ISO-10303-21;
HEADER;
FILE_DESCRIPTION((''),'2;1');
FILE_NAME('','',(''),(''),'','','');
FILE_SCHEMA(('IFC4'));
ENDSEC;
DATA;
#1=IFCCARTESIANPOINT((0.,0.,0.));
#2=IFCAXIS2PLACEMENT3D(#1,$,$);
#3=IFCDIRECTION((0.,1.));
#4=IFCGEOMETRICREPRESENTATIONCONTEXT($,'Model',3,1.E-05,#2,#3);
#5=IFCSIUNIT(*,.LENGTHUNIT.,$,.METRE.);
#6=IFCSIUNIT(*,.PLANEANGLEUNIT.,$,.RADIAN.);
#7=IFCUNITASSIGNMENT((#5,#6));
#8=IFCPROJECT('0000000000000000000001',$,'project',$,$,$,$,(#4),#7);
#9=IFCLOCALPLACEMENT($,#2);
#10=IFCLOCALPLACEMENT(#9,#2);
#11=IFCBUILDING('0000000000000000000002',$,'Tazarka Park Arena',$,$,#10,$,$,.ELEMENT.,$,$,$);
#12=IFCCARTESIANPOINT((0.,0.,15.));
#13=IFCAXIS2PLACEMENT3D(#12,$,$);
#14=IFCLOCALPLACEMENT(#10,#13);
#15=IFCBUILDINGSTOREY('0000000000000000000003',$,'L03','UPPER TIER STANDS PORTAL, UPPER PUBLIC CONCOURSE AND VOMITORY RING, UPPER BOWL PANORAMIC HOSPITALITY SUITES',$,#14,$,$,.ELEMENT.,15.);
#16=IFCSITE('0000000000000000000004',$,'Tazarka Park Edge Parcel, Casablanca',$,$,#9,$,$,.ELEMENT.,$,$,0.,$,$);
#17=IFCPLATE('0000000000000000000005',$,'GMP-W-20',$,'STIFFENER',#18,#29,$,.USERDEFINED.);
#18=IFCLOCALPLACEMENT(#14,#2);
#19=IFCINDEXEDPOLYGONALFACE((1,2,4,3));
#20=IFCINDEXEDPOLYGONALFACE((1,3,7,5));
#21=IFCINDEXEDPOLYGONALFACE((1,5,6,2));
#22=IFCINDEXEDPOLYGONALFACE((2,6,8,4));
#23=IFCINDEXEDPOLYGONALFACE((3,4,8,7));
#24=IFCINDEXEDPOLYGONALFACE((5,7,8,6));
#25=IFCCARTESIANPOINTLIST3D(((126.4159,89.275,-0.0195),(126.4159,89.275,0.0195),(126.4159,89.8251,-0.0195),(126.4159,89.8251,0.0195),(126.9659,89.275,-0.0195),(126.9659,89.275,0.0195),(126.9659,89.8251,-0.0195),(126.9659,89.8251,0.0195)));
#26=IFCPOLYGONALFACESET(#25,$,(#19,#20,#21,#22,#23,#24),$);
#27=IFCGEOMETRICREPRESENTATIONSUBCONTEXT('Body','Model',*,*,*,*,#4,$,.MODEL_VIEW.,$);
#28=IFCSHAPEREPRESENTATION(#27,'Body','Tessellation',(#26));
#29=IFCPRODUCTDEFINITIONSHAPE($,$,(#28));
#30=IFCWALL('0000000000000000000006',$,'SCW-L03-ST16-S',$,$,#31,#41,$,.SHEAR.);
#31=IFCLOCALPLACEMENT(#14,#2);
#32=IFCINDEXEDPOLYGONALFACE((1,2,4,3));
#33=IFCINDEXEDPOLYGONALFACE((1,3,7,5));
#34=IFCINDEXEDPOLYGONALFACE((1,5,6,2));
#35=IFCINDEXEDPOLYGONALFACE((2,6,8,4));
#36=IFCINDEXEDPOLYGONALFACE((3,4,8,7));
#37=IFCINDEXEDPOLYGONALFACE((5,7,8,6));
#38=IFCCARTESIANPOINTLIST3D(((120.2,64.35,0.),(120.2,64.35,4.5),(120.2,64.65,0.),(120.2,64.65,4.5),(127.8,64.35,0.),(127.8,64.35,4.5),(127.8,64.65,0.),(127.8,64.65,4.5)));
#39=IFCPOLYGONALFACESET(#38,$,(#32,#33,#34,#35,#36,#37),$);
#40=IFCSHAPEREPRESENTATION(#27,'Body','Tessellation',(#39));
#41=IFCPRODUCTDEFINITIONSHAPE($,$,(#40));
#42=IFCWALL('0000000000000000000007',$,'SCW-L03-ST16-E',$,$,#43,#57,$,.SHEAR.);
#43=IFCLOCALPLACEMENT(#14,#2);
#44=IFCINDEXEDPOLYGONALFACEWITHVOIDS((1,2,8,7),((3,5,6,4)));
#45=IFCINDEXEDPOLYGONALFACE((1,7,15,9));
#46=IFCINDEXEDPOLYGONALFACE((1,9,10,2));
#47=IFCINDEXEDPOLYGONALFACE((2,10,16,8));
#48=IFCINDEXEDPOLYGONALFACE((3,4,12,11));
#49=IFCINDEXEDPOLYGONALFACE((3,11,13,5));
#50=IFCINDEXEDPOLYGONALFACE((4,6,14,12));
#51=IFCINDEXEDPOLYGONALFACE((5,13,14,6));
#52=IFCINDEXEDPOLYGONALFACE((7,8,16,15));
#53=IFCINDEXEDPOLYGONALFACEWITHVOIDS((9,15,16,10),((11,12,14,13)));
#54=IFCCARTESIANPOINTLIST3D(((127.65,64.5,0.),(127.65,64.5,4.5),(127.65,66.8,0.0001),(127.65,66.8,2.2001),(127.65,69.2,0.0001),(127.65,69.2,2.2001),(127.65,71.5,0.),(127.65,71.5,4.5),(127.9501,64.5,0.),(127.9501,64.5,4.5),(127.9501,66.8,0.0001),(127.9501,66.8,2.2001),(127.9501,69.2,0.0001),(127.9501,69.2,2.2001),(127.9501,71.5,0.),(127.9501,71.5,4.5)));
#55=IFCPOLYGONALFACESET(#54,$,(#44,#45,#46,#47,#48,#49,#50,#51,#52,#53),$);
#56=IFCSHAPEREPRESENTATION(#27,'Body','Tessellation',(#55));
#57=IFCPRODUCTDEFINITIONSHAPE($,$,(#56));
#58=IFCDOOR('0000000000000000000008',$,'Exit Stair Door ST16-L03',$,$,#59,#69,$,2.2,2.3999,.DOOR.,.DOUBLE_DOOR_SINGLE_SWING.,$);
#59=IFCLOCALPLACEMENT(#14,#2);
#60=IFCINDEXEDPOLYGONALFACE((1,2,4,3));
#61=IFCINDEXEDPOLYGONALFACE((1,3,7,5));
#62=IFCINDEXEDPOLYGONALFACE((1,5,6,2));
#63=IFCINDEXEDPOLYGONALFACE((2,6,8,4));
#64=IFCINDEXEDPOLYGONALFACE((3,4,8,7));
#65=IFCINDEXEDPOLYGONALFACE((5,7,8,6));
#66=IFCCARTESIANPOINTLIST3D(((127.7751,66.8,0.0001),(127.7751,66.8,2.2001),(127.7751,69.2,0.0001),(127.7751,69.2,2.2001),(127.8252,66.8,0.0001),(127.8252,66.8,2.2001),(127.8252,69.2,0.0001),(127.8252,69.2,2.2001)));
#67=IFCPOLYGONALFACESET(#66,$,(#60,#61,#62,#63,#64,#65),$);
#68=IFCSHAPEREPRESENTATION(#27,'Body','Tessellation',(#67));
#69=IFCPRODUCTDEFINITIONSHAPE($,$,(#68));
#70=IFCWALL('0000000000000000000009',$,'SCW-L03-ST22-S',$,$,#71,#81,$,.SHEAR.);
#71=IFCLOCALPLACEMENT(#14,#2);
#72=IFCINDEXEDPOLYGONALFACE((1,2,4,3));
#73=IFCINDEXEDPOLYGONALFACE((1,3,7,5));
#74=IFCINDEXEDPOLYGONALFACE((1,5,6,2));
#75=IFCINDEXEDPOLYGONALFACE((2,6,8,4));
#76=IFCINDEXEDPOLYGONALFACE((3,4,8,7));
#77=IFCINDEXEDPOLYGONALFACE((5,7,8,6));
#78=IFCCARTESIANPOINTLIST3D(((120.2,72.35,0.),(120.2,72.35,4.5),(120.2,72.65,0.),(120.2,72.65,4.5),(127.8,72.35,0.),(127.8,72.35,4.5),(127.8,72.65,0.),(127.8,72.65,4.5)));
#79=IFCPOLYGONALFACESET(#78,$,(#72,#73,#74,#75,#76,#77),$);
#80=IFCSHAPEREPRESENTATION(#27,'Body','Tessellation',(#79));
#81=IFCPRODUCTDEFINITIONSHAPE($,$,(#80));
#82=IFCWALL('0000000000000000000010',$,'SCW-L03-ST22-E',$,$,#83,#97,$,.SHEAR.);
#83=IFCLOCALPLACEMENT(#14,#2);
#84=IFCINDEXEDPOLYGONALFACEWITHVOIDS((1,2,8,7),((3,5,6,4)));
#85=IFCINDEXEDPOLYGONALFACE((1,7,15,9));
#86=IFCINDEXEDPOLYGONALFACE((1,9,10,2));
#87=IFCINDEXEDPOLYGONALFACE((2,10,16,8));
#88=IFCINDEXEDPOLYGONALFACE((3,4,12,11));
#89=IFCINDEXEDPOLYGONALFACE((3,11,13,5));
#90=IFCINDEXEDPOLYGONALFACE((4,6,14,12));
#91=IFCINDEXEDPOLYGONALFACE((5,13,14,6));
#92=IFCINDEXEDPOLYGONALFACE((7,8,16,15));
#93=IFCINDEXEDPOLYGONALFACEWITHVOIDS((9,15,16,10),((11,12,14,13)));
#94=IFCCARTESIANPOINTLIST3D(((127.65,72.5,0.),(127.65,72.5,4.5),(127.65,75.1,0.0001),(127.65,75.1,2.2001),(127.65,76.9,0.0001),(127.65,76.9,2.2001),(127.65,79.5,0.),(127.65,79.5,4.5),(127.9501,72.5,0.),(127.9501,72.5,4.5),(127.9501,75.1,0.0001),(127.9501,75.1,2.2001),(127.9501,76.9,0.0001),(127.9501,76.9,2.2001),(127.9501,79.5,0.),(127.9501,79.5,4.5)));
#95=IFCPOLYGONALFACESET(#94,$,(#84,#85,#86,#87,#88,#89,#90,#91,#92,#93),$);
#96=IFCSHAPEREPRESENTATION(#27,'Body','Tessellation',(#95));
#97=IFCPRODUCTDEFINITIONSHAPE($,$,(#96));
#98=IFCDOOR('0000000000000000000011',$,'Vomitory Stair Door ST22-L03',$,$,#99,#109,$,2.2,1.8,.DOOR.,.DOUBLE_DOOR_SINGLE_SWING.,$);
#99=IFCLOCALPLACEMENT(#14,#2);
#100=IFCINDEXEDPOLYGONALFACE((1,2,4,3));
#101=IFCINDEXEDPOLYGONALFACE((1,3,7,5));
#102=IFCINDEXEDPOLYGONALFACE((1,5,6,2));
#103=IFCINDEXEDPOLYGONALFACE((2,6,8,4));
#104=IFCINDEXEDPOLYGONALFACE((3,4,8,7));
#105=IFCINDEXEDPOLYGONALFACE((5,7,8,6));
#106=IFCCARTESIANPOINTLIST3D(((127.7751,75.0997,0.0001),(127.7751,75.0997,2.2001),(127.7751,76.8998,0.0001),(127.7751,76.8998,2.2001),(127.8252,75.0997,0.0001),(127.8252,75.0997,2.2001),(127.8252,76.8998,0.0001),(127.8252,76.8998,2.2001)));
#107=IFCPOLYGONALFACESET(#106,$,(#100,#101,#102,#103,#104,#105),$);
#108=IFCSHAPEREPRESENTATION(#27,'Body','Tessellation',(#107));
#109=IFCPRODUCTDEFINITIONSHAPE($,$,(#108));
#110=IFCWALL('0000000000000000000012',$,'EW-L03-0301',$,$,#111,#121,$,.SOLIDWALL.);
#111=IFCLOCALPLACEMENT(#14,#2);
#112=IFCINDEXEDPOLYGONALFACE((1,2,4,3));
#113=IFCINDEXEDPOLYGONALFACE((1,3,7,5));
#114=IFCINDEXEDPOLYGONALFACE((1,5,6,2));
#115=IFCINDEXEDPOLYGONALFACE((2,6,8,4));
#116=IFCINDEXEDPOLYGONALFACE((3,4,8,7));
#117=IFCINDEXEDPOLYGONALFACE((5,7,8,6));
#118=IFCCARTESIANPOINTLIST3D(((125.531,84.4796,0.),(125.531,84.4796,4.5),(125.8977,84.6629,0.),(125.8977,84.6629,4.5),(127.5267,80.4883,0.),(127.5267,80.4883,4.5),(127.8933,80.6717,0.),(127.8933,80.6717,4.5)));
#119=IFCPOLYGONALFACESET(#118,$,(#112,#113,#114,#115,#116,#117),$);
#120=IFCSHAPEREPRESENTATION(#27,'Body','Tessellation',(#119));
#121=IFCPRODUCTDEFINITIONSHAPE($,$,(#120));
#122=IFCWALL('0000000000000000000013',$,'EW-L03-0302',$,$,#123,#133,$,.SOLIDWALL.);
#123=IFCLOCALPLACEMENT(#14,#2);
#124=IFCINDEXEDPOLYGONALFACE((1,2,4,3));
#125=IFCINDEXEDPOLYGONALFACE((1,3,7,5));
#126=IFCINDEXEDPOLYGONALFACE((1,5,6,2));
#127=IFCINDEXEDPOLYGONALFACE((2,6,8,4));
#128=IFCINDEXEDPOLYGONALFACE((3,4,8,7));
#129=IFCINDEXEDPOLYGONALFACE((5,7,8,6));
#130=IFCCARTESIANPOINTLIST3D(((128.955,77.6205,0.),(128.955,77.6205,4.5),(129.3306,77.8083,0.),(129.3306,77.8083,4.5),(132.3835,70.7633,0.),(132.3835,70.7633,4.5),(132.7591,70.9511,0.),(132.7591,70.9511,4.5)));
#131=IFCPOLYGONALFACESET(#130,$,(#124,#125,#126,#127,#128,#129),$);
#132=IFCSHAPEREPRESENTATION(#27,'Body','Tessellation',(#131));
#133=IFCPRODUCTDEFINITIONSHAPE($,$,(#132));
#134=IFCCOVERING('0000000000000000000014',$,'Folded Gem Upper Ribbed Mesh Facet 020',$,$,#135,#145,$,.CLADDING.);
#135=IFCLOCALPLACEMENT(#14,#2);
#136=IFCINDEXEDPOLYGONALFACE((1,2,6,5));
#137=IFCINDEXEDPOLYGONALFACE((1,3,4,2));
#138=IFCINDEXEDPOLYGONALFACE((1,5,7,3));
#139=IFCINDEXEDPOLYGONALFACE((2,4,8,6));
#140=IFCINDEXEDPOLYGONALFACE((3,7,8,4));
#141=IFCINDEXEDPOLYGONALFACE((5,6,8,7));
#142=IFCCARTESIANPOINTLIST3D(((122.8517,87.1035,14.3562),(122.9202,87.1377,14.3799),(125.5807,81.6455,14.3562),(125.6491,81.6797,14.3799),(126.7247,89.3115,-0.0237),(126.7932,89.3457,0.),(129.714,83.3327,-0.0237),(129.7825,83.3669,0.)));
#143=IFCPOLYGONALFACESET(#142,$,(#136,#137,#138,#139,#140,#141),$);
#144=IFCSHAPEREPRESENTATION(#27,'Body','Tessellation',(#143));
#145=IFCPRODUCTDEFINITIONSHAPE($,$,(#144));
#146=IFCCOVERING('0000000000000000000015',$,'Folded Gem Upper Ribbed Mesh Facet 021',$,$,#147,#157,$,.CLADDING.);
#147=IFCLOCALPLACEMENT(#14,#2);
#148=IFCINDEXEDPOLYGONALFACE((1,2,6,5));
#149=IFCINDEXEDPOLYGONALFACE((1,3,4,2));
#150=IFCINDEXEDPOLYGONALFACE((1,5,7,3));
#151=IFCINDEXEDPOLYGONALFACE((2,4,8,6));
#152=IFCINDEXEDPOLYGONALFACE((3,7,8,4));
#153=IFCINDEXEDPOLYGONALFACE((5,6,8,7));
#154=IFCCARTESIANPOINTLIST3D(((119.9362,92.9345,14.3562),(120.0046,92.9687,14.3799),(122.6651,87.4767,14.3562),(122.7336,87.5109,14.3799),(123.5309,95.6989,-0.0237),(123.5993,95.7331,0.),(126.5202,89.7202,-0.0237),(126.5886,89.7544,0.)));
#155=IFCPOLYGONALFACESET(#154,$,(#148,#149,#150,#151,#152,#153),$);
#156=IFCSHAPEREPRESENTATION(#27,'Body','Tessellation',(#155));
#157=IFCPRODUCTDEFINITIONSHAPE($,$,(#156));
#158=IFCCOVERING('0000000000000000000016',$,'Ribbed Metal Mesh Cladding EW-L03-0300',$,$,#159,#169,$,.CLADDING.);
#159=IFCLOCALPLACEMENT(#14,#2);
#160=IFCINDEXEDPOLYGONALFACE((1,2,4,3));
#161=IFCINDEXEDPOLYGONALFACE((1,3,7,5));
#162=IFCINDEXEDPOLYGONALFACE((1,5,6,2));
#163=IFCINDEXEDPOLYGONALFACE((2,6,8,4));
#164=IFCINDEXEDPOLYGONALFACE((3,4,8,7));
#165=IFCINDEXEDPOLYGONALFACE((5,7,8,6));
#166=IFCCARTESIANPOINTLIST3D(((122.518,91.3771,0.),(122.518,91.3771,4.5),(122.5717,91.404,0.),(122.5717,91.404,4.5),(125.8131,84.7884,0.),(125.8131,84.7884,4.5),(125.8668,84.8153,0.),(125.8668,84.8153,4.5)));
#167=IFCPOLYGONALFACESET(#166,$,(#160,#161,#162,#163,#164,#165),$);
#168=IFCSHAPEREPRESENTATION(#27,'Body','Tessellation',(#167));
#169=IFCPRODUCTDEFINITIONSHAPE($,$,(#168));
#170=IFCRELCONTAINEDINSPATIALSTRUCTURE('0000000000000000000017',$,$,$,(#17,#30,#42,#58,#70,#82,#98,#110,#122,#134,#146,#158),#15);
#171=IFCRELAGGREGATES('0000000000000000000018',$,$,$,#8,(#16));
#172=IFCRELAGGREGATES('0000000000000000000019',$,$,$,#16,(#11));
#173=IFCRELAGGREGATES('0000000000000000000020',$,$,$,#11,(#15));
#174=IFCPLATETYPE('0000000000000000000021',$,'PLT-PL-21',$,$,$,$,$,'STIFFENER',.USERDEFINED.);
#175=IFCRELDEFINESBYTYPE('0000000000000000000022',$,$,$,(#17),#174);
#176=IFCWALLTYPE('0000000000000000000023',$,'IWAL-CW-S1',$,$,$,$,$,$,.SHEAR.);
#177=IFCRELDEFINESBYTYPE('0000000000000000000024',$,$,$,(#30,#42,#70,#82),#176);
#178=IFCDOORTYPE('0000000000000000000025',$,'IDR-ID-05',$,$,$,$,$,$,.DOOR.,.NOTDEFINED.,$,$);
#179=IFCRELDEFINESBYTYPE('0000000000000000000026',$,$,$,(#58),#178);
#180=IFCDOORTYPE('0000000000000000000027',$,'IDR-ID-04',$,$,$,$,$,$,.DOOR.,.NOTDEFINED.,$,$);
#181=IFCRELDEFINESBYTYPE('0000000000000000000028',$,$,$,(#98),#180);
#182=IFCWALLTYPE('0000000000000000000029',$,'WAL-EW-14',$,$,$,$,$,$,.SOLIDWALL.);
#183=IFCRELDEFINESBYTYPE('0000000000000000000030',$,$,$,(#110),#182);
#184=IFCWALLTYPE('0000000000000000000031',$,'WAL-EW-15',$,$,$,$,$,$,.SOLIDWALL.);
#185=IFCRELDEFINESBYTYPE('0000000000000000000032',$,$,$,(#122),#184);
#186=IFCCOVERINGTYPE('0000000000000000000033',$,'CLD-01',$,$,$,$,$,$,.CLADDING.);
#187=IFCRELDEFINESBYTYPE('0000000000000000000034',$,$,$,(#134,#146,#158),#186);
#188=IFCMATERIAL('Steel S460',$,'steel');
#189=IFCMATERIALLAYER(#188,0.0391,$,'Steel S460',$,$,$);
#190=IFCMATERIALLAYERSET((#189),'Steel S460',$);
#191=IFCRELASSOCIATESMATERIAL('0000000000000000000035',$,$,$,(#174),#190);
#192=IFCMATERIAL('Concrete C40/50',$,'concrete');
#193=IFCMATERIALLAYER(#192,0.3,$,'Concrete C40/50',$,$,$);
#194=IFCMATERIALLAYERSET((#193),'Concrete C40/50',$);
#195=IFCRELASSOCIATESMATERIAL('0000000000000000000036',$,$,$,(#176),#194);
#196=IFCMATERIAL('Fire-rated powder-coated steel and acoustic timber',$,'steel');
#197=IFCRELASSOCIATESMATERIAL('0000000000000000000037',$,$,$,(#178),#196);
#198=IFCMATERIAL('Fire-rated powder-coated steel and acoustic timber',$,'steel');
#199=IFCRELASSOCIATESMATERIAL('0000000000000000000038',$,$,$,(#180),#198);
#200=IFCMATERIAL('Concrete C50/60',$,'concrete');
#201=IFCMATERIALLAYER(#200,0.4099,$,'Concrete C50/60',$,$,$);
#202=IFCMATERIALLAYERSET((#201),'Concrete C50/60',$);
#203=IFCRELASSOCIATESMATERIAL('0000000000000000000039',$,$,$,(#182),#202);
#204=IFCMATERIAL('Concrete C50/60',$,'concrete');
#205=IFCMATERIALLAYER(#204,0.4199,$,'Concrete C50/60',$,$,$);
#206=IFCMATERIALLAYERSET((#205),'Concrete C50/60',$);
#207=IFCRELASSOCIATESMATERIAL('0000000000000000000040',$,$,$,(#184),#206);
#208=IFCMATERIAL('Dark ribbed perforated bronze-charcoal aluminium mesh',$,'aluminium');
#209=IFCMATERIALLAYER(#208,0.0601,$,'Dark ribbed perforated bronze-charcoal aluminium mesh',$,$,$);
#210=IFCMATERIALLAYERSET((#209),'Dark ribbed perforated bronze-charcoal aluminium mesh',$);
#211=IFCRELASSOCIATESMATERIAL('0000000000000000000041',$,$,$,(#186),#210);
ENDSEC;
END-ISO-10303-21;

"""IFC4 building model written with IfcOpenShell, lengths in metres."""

from ifc_helpers import new_model, si_unit, direction, frame, frame_2d, origin, origin_2d, place, context, subcontext, project, spatial, polyline, rectangle, outline, extrude, material, layer, layer_set, type_object, element, fill, save


model = new_model("IFC4")

# Units and contexts
model_context = context("Model", 3, precision=1e-05, world=origin(), true_north=direction((0.0, 1.0)))
body_context = subcontext(model_context, "Body", "Model", "MODEL_VIEW")
ifc_project = project(units=[si_unit("LENGTHUNIT", "METRE"), si_unit("PLANEANGLEUNIT", "RADIAN")], contexts=[model_context])

# Site, building, storey
site_placement = place(None, origin())
site = spatial("IfcSite", under=ifc_project, at=site_placement, Name="Tazarka Park Edge Parcel, Casablanca", CompositionType="ELEMENT", RefElevation=0.0)
building_placement = place(site_placement, origin())
building = spatial("IfcBuilding", under=site, at=building_placement, Name="Tazarka Park Arena", CompositionType="ELEMENT")
storey_placement = place(building_placement, frame((0.0, 0.0, 15.0)))
storey = spatial("IfcBuildingStorey", under=building, at=storey_placement, Name="L03", Description="UPPER TIER STANDS PORTAL, UPPER PUBLIC CONCOURSE AND VOMITORY RING, UPPER BOWL PANORAMIC HOSPITALITY SUITES", CompositionType="ELEMENT", Elevation=15.0)

# Plate
ifc_material_1 = material(Name="Steel S460", Category="steel")
ifc_layer_1 = layer(ifc_material_1, 0.0391, Name="Steel S460")
ifc_layer_set_1 = layer_set([ifc_layer_1], Name="Steel S460")
plate_type_1 = type_object("IfcPlateType", Name="PLT-PL-21", ElementType="STIFFENER", PredefinedType="USERDEFINED", material=ifc_layer_set_1)
plate_1_placement = place(storey_placement, frame((126.6909, 89.55, -0.0195), z_axis=(0.0, 0.0, 1.0), x_axis=(1.0, 0.0, 0.0)))
element("IfcPlate", 1, at=plate_1_placement, inside=storey, type_object=plate_type_1, Name="GMP-W-20", ObjectType="STIFFENER", PredefinedType="USERDEFINED", context=body_context, shape_type="SweptSolid", body=[
    extrude(rectangle(XDim=0.55, YDim=0.55, at=origin_2d()), origin(), (0.0, 0.0, 1.0), 0.0391),
])

# Wall
ifc_material_2 = material(Name="Concrete C40/50", Category="concrete")
ifc_layer_2 = layer(ifc_material_2, 0.3, Name="Concrete C40/50")
ifc_layer_set_2 = layer_set([ifc_layer_2], Name="Concrete C40/50")
wall_type_1 = type_object("IfcWallType", Name="IWAL-CW-S1", PredefinedType="SHEAR", material=ifc_layer_set_2)
wall_1_placement = place(storey_placement, frame((127.8, 64.5, 0.0), z_axis=(0.0, 0.0, 1.0), x_axis=(-1.0, 0.0, 0.0)))
element("IfcWall", 2, at=wall_1_placement, inside=storey, type_object=wall_type_1, Name="SCW-L03-ST16-S", PredefinedType="SHEAR", context=body_context, shape_type="SweptSolid", body=[
    extrude(rectangle(XDim=7.6001, YDim=0.3, at=frame_2d((3.8, 0.0))), origin(), (0.0, 0.0, 1.0), 4.5),
])

# Wall, opening, door
wall_2_placement = place(storey_placement, frame((127.8, 71.5, 0.0), z_axis=(0.0, 0.0, 1.0), x_axis=(0.0, -1.0, 0.0)))
wall_2 = element("IfcWall", 3, at=wall_2_placement, inside=storey, type_object=wall_type_1, Name="SCW-L03-ST16-E", PredefinedType="SHEAR", context=body_context, shape_type="SweptSolid", body=[
    extrude(rectangle(XDim=7.0, YDim=0.3, at=frame_2d((3.5, 0.0))), origin(), (0.0, 0.0, 1.0), 4.5),
])
opening_1_placement = place(wall_2_placement, frame((2.3, 0.0, 0.0)))
opening_1 = element("IfcOpeningElement", 4, at=opening_1_placement, cuts=wall_2, PredefinedType="OPENING", context=body_context, shape_type="SweptSolid", body=[
    extrude(rectangle(XDim=2.3999, YDim=2.2, at=frame_2d((1.2, 1.1001))), frame((0.0, 0.1602, 0.0), z_axis=(0.0, -1.0, 0.0), x_axis=(1.0, 0.0, 0.0)), (0.0, 0.0, 1.0), 0.3201),
])
ifc_material_3 = material(Name="Fire-rated powder-coated steel and acoustic timber", Category="steel")
door_type_1 = type_object("IfcDoorType", Name="IDR-ID-05", OperationType="NOTDEFINED", PredefinedType="DOOR", material=ifc_material_3)
door_1_placement = place(opening_1_placement, frame((2.3999, 0.0, 0.0), z_axis=(0.0, 0.0, 1.0), x_axis=(-1.0, 0.0, 0.0)))
door_1 = element("IfcDoor", 5, at=door_1_placement, inside=storey, type_object=door_type_1, Name="Exit Stair Door ST16-L03", OperationType="DOUBLE_DOOR_SINGLE_SWING", OverallHeight=2.2, OverallWidth=2.3999, PredefinedType="DOOR", context=body_context, shape_type="SweptSolid", body=[
    extrude(rectangle(XDim=2.3999, YDim=2.2, at=frame_2d((1.2, 1.1001))), frame((0.0, 0.0249, 0.0), z_axis=(0.0, -1.0, 0.0), x_axis=(1.0, 0.0, 0.0)), (0.0, 0.0, 1.0), 0.05),
])
fill(opening_1, door_1)

# Wall
wall_3_placement = place(storey_placement, frame((127.8, 72.5, 0.0), z_axis=(0.0, 0.0, 1.0), x_axis=(-1.0, 0.0, 0.0)))
element("IfcWall", 6, at=wall_3_placement, inside=storey, type_object=wall_type_1, Name="SCW-L03-ST22-S", PredefinedType="SHEAR", context=body_context, shape_type="SweptSolid", body=[
    extrude(rectangle(XDim=7.6001, YDim=0.3, at=frame_2d((3.8, 0.0))), origin(), (0.0, 0.0, 1.0), 4.5),
])

# Wall, opening, door
wall_4_placement = place(storey_placement, frame((127.8, 79.5, 0.0), z_axis=(0.0, 0.0, 1.0), x_axis=(0.0, -1.0, 0.0)))
wall_4 = element("IfcWall", 7, at=wall_4_placement, inside=storey, type_object=wall_type_1, Name="SCW-L03-ST22-E", PredefinedType="SHEAR", context=body_context, shape_type="SweptSolid", body=[
    extrude(rectangle(XDim=7.0, YDim=0.3, at=frame_2d((3.5, 0.0))), origin(), (0.0, 0.0, 1.0), 4.5),
])
opening_2_placement = place(wall_4_placement, frame((2.6001, 0.0, 0.0)))
opening_2 = element("IfcOpeningElement", 8, at=opening_2_placement, cuts=wall_4, PredefinedType="OPENING", context=body_context, shape_type="SweptSolid", body=[
    extrude(rectangle(XDim=1.8, YDim=2.2, at=frame_2d((0.8999, 1.1001))), frame((0.0, 0.1602, 0.0), z_axis=(0.0, -1.0, 0.0), x_axis=(1.0, 0.0, 0.0)), (0.0, 0.0, 1.0), 0.3201),
])
ifc_material_4 = material(Name="Fire-rated powder-coated steel and acoustic timber", Category="steel")
door_type_2 = type_object("IfcDoorType", Name="IDR-ID-04", OperationType="NOTDEFINED", PredefinedType="DOOR", material=ifc_material_4)
door_2_placement = place(opening_2_placement, frame((1.8, 0.0, 0.0), z_axis=(0.0, 0.0, 1.0), x_axis=(-1.0, 0.0, 0.0)))
door_2 = element("IfcDoor", 9, at=door_2_placement, inside=storey, type_object=door_type_2, Name="Vomitory Stair Door ST22-L03", OperationType="DOUBLE_DOOR_SINGLE_SWING", OverallHeight=2.2, OverallWidth=1.8, PredefinedType="DOOR", context=body_context, shape_type="SweptSolid", body=[
    extrude(rectangle(XDim=1.8, YDim=2.2, at=frame_2d((0.8999, 1.1001))), frame((0.0, 0.0249, 0.0), z_axis=(0.0, -1.0, 0.0), x_axis=(1.0, 0.0, 0.0)), (0.0, 0.0, 1.0), 0.05),
])
fill(opening_2, door_2)

# Walls
ifc_material_5 = material(Name="Concrete C50/60", Category="concrete")
ifc_layer_3 = layer(ifc_material_5, 0.4099, Name="Concrete C50/60")
ifc_layer_set_3 = layer_set([ifc_layer_3], Name="Concrete C50/60")
wall_type_2 = type_object("IfcWallType", Name="WAL-EW-14", PredefinedType="SOLIDWALL", material=ifc_layer_set_3)
wall_5_placement = place(storey_placement, frame((125.7144, 84.5713, 0.0), z_axis=(0.0, 0.0, 1.0), x_axis=(0.447214, -0.894427, 0.0)))
element("IfcWall", 10, at=wall_5_placement, inside=storey, type_object=wall_type_2, Name="EW-L03-0301", PredefinedType="SOLIDWALL", context=body_context, shape_type="SweptSolid", body=[
    extrude(rectangle(XDim=4.4624, YDim=0.4099, at=frame_2d((2.2312, 0.0))), origin(), (0.0, 0.0, 1.0), 4.5),
])
ifc_material_6 = material(Name="Concrete C50/60", Category="concrete")
ifc_layer_4 = layer(ifc_material_6, 0.4199, Name="Concrete C50/60")
ifc_layer_set_4 = layer_set([ifc_layer_4], Name="Concrete C50/60")
wall_type_3 = type_object("IfcWallType", Name="WAL-EW-15", PredefinedType="SOLIDWALL", material=ifc_layer_set_4)
wall_6_placement = place(storey_placement, frame((129.1428, 77.7144, 0.0), z_axis=(0.0, 0.0, 1.0), x_axis=(0.447201, -0.894434, 0.0)))
element("IfcWall", 11, at=wall_6_placement, inside=storey, type_object=wall_type_3, Name="EW-L03-0302", PredefinedType="SOLIDWALL", context=body_context, shape_type="SweptSolid", body=[
    extrude(rectangle(XDim=7.6665, YDim=0.4199, at=frame_2d((3.8333, 0.0))), origin(), (0.0, 0.0, 1.0), 4.5),
])

# Coverings
ifc_material_7 = material(Name="Dark ribbed perforated bronze-charcoal aluminium mesh", Category="aluminium")
ifc_layer_5 = layer(ifc_material_7, 0.0601, Name="Dark ribbed perforated bronze-charcoal aluminium mesh")
ifc_layer_set_5 = layer_set([ifc_layer_5], Name="Dark ribbed perforated bronze-charcoal aluminium mesh")
covering_type = type_object("IfcCoveringType", Name="CLD-01", PredefinedType="CLADDING", material=ifc_layer_set_5)
covering_1_placement = place(storey_placement, frame((129.7825, 83.3669, 0.0), z_axis=(0.854427, 0.427204, 0.295722), x_axis=(-0.447205, 0.894431, -0.000002)))
element("IfcCovering", 12, at=covering_1_placement, inside=storey, type_object=covering_type, Name="Folded Gem Upper Ribbed Mesh Facet 020", PredefinedType="CLADDING", context=body_context, shape_type="SweptSolid", body=[
    extrude(outline(polyline([(0.0, 0.0), (6.6844, 0.0), (6.4415, 15.0532), (0.3393, 15.0531), (0.0, 0.0)])), origin(), (0.0, 0.0, -1.0), 0.0801),
])
covering_2_placement = place(storey_placement, frame((126.5886, 89.7544, 0.0), z_axis=(0.854426, 0.427213, 0.295713), x_axis=(-0.447212, 0.894428, -0.000005)))
element("IfcCovering", 13, at=covering_2_placement, inside=storey, type_object=covering_type, Name="Folded Gem Upper Ribbed Mesh Facet 021", PredefinedType="CLADDING", context=body_context, shape_type="SweptSolid", body=[
    extrude(outline(polyline([(0.0, 0.0), (6.6844, 0.0), (5.8194, 15.0531), (-0.2826, 15.0531), (0.0, 0.0)])), origin(), (0.0, 0.0, -1.0), 0.0801),
])
covering_3_placement = place(storey_placement, frame((124.1924, 88.0962, 0.0), z_axis=(0.0, 0.0, 1.0), x_axis=(0.447291, -0.894389, 0.0)))
element("IfcCovering", 14, at=covering_3_placement, inside=storey, type_object=covering_type, Name="Ribbed Metal Mesh Cladding EW-L03-0300", PredefinedType="CLADDING", context=body_context, shape_type="SweptSolid", body=[
    extrude(rectangle(XDim=7.3667, YDim=0.0601, at=origin_2d()), origin(), (0.0, 0.0, 1.0), 4.5),
])

save(model, "model.ifc")
